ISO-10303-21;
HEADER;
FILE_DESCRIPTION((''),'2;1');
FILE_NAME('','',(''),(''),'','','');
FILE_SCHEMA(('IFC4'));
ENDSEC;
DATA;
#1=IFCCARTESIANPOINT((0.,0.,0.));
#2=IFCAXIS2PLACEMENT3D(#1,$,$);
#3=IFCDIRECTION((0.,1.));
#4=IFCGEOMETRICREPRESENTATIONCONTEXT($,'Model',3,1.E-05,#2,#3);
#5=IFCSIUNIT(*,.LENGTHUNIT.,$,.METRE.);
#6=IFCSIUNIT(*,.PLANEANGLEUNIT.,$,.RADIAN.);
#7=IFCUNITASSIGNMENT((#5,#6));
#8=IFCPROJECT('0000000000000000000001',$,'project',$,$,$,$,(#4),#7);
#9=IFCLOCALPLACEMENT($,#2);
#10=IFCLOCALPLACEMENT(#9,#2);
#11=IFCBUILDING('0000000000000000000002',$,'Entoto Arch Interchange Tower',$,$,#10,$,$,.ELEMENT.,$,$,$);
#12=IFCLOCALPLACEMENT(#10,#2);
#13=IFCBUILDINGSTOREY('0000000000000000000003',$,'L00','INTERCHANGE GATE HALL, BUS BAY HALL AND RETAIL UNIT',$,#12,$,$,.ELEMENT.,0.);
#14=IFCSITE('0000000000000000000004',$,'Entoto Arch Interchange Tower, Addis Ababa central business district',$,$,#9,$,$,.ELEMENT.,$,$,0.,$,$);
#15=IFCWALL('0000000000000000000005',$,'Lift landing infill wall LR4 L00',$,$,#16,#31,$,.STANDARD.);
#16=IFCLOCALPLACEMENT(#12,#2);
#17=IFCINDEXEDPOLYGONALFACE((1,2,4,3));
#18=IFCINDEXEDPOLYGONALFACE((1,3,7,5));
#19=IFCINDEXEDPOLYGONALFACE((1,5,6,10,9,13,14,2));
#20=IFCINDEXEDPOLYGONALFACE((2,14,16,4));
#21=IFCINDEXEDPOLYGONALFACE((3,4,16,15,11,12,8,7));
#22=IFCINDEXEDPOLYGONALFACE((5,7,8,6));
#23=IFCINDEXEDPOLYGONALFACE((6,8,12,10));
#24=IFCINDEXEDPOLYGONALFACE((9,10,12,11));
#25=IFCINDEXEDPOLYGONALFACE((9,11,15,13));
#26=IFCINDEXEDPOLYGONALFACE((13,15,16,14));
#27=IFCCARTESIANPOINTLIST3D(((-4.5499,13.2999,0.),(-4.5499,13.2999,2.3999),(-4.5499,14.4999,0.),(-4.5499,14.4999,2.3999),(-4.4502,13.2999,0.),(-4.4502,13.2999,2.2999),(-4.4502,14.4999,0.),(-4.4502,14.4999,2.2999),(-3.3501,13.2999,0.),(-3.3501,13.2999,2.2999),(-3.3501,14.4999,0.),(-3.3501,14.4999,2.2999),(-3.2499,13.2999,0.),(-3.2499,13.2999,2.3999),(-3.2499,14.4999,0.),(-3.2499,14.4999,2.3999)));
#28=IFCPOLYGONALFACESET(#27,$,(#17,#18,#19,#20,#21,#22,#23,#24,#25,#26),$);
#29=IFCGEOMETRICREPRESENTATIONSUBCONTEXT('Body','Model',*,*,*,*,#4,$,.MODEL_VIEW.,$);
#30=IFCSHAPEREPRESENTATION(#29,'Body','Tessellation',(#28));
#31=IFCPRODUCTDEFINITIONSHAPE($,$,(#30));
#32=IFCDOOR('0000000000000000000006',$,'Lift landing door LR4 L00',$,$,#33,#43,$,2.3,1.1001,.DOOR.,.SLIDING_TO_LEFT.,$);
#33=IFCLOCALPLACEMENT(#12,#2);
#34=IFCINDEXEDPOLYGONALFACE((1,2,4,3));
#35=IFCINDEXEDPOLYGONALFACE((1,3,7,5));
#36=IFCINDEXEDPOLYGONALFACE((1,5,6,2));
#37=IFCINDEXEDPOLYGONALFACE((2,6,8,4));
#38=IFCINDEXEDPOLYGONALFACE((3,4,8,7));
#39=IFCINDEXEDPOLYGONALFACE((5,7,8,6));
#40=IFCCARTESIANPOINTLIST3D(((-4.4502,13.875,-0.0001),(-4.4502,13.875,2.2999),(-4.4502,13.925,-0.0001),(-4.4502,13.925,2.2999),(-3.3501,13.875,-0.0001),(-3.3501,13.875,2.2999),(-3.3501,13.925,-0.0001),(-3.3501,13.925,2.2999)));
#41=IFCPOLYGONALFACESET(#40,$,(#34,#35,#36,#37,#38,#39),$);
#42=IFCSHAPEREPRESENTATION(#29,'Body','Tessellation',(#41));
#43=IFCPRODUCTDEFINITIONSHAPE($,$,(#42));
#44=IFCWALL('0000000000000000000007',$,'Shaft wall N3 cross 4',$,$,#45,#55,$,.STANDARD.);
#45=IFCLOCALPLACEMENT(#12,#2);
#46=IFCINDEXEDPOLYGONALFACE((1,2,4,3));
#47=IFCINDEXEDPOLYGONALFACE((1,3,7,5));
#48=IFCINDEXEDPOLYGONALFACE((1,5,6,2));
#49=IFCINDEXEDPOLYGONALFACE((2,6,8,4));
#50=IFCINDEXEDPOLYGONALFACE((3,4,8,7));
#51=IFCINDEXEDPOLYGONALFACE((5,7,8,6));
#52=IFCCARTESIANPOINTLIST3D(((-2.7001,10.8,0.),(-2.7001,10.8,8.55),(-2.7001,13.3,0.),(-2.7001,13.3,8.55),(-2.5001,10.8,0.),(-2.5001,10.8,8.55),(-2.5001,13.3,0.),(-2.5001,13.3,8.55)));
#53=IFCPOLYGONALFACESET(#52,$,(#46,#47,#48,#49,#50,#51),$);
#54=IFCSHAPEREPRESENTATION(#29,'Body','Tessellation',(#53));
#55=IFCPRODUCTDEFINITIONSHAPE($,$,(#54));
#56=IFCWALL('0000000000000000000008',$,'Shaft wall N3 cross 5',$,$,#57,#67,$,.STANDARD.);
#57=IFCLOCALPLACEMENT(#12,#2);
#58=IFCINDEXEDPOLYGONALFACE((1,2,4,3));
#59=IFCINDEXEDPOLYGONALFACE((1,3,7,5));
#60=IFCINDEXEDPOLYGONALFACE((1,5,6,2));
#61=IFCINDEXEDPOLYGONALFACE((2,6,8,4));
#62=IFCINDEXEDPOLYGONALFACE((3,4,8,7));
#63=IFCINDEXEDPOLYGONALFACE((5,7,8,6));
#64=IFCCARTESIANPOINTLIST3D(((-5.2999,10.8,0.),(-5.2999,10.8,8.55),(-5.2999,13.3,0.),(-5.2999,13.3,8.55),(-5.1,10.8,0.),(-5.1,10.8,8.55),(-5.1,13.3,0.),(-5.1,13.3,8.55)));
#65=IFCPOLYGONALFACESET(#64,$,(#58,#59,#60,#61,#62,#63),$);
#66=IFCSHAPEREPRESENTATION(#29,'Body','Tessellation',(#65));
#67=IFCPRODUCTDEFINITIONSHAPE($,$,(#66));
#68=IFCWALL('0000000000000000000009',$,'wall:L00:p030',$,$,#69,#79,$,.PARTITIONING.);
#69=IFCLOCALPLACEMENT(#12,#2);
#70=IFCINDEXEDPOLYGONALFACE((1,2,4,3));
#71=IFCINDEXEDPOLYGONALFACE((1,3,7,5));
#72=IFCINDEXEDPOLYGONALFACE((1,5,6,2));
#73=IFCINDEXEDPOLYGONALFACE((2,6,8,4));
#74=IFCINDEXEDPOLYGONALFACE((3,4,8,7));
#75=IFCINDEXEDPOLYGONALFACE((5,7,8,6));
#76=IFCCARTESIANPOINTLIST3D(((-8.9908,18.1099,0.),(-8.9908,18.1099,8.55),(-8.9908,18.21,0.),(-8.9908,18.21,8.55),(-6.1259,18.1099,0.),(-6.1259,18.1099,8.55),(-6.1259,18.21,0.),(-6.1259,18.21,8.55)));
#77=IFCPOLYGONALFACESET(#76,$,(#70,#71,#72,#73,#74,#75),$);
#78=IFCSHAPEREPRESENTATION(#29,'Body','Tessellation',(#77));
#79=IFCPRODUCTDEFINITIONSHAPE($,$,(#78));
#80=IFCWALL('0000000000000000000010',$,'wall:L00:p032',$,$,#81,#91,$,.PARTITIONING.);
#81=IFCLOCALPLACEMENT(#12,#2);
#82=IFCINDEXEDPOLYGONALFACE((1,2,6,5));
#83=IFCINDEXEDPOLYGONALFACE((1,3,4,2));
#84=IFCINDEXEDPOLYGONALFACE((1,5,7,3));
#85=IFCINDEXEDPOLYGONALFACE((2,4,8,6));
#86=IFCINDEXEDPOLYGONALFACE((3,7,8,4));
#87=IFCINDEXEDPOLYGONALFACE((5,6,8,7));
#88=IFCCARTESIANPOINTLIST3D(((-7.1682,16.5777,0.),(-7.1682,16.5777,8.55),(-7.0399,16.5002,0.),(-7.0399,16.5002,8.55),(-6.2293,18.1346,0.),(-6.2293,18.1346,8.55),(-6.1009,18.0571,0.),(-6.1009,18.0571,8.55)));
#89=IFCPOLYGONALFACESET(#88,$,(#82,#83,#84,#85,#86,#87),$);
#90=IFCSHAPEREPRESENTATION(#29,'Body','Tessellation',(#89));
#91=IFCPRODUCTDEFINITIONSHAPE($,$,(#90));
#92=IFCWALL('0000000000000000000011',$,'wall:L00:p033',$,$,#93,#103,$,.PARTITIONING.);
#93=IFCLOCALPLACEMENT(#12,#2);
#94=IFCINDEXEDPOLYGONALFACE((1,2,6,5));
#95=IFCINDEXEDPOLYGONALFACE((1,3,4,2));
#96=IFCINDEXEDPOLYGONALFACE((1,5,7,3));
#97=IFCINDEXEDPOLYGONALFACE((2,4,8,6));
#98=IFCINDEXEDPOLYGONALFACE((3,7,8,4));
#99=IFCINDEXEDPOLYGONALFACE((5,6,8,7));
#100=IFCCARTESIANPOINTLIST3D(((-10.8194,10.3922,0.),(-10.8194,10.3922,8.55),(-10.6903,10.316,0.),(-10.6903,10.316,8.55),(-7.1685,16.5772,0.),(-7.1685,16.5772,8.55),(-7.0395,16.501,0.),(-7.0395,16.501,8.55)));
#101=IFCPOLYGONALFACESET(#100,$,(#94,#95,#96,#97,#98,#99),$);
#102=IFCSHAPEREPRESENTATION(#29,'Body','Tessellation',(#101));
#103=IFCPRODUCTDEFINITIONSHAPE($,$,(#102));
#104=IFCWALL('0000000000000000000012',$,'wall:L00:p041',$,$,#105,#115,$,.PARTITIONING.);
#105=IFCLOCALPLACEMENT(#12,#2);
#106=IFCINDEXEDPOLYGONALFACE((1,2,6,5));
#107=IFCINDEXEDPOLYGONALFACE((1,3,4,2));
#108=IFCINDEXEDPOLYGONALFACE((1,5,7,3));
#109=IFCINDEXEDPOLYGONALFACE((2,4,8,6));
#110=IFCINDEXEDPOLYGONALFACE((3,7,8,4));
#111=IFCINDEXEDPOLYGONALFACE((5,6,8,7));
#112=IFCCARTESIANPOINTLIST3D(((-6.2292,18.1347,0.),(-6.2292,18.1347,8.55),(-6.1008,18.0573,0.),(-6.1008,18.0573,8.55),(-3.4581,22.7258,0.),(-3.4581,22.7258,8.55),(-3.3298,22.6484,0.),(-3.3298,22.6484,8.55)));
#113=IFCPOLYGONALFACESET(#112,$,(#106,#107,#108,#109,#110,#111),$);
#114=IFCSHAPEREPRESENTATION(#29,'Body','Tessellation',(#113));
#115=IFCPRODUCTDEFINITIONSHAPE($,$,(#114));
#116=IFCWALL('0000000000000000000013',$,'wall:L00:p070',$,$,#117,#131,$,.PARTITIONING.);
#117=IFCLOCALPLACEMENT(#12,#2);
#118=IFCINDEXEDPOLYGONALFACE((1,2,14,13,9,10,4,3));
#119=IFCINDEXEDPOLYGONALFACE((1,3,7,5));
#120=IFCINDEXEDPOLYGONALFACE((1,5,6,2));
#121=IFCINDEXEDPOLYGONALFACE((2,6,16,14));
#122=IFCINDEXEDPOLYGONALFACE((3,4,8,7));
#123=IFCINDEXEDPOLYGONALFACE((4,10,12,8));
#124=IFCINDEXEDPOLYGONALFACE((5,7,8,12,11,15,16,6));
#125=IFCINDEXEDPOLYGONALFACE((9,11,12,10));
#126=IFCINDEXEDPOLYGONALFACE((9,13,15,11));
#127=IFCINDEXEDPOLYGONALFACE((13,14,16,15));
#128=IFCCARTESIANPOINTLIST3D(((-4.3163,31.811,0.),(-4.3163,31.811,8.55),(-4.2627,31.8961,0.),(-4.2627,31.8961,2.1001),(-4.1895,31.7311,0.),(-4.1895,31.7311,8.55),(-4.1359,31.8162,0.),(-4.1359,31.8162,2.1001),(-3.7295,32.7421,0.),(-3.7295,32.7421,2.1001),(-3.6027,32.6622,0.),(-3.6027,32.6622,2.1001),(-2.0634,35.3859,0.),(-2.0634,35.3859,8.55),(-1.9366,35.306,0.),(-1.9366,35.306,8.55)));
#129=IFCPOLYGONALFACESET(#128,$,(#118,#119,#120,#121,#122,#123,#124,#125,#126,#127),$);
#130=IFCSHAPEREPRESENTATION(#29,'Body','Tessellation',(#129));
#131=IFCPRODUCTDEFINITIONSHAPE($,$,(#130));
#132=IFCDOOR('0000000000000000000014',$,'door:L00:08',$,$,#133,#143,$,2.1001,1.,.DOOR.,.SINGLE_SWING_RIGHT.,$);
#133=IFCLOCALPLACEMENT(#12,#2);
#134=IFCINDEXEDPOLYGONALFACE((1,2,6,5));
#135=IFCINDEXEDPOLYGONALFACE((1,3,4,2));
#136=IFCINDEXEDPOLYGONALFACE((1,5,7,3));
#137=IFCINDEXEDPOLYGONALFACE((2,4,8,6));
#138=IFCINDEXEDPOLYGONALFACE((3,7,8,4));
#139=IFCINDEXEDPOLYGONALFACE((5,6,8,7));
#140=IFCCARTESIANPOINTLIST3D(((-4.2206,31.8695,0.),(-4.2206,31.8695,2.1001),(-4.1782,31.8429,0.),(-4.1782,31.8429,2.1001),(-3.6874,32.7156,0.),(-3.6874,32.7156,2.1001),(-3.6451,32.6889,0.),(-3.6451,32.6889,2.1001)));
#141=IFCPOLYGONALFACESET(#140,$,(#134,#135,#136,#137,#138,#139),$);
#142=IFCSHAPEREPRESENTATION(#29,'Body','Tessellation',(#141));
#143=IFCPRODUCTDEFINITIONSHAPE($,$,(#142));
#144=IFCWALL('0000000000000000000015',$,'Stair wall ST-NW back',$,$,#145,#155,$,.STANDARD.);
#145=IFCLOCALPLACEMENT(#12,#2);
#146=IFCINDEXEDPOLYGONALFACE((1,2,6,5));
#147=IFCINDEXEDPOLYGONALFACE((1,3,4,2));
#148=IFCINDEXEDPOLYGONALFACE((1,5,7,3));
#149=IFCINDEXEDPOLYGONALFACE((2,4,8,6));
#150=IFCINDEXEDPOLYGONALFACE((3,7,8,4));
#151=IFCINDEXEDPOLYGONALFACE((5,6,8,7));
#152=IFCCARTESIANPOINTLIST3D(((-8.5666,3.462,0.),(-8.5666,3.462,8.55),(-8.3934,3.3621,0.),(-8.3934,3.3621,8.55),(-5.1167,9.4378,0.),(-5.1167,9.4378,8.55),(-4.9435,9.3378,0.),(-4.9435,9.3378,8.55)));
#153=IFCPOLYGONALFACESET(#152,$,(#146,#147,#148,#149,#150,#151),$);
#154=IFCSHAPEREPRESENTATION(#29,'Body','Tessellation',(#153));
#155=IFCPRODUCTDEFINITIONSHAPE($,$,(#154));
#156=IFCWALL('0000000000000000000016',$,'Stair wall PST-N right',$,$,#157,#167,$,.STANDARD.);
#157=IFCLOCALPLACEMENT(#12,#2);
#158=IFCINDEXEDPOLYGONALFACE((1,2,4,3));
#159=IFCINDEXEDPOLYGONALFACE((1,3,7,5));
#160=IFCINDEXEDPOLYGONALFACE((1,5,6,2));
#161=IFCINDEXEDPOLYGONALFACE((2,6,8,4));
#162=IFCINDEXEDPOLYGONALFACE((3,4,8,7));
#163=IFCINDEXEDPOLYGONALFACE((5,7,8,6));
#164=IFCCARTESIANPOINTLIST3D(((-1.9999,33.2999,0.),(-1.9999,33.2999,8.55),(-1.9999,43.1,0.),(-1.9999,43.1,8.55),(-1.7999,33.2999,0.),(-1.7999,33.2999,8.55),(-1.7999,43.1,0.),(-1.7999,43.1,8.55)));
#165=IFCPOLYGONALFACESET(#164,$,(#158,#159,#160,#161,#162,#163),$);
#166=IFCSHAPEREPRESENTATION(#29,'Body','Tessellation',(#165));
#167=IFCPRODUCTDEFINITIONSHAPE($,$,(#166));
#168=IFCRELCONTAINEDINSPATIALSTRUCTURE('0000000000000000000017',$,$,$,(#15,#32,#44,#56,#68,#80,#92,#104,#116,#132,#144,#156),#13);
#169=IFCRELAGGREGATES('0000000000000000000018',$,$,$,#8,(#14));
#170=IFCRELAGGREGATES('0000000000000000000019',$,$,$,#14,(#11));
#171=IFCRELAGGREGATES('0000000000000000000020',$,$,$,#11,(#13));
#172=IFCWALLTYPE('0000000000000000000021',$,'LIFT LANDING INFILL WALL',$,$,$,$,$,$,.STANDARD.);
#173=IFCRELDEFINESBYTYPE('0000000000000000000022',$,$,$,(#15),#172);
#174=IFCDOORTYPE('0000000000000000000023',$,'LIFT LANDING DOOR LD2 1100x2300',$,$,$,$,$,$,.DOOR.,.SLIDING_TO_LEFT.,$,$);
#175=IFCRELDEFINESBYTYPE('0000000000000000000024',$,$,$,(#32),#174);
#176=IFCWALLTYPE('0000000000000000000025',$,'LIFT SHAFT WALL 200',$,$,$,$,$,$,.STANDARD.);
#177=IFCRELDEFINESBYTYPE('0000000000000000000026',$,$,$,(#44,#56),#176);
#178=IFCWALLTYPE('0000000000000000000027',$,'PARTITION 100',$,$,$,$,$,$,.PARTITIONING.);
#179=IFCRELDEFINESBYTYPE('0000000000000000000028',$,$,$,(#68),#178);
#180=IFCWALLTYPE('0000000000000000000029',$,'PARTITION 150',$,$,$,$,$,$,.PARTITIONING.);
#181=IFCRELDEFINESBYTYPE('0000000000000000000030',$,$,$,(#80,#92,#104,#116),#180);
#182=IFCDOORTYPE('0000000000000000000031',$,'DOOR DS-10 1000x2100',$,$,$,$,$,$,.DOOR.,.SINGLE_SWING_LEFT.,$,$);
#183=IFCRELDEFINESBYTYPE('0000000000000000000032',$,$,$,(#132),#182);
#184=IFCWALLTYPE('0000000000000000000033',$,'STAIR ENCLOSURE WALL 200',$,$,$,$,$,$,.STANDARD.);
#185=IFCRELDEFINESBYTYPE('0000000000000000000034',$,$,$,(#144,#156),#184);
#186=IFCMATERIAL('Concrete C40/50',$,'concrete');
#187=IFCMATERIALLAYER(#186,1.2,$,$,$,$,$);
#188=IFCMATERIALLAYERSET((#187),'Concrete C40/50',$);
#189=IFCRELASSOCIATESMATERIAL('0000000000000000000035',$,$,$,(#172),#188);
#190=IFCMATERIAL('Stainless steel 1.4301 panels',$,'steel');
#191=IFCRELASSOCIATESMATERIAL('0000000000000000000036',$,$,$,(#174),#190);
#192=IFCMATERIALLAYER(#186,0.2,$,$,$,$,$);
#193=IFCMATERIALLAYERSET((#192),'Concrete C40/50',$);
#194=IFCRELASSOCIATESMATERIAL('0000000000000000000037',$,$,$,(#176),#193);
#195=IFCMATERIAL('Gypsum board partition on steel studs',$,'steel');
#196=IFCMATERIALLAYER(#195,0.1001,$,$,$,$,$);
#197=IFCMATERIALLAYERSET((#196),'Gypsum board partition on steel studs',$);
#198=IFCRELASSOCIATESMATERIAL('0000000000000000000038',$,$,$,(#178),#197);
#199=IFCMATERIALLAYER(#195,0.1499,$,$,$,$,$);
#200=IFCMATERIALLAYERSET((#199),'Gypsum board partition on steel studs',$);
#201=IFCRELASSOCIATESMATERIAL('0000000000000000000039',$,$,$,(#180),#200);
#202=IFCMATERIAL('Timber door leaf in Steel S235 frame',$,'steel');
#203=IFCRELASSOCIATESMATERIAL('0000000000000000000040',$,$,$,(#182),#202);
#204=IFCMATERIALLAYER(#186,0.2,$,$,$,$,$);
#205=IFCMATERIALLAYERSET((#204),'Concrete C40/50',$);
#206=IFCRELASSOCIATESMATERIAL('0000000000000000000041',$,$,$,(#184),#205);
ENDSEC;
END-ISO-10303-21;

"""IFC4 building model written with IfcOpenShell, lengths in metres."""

from ifc_helpers import new_model, si_unit, direction, frame, frame_2d, origin, place, context, subcontext, project, spatial, rectangle, extrude, material, layer, layer_set, type_object, element, fill, save


model = new_model("IFC4")

# Units and contexts
model_context = context("Model", 3, precision=1e-05, world=origin(), true_north=direction((0.0, 1.0)))
body_context = subcontext(model_context, "Body", "Model", "MODEL_VIEW")
ifc_project = project(units=[si_unit("LENGTHUNIT", "METRE"), si_unit("PLANEANGLEUNIT", "RADIAN")], contexts=[model_context])

# Site, building, storey
site_placement = place(None, origin())
site = spatial("IfcSite", under=ifc_project, at=site_placement, Name="Entoto Arch Interchange Tower, Addis Ababa central business district", CompositionType="ELEMENT", RefElevation=0.0)
building_placement = place(site_placement, origin())
building = spatial("IfcBuilding", under=site, at=building_placement, Name="Entoto Arch Interchange Tower", CompositionType="ELEMENT")
storey_placement = place(building_placement, origin())
storey = spatial("IfcBuildingStorey", under=building, at=storey_placement, Name="L00", Description="INTERCHANGE GATE HALL, BUS BAY HALL AND RETAIL UNIT", CompositionType="ELEMENT", Elevation=0.0)

# Wall, opening, door
ifc_material_1 = material(Name="Concrete C40/50", Category="concrete")
ifc_layer_1 = layer(ifc_material_1, 1.2)
ifc_layer_set_1 = layer_set([ifc_layer_1], Name="Concrete C40/50")
wall_type_1 = type_object("IfcWallType", Name="LIFT LANDING INFILL WALL", PredefinedType="STANDARD", material=ifc_layer_set_1)
ifc_material_2 = material(Name="Stainless steel 1.4301 panels", Category="steel")
door_type_1 = type_object("IfcDoorType", Name="LIFT LANDING DOOR LD2 1100x2300", OperationType="SLIDING_TO_LEFT", PredefinedType="DOOR", material=ifc_material_2)
wall_1_placement = place(storey_placement, frame((-3.25, 13.8999, 0.0), z_axis=(0.0, 0.0, 1.0), x_axis=(-1.0, 0.0, 0.0)))
wall_1 = element("IfcWall", 1, at=wall_1_placement, inside=storey, type_object=wall_type_1, Name="Lift landing infill wall LR4 L00", PredefinedType="STANDARD", context=body_context, shape_type="SweptSolid", body=[
    extrude(rectangle(XDim=1.3, YDim=1.2, at=frame_2d((0.6499, 0.0))), origin(), (0.0, 0.0, 1.0), 2.3999),
])
opening_1_placement = place(wall_1_placement, frame((0.1001, 0.0, 0.0)))
opening_1 = element("IfcOpeningElement", 2, at=opening_1_placement, cuts=wall_1, PredefinedType="OPENING", context=body_context, shape_type="SweptSolid", body=[
    extrude(rectangle(XDim=1.1001, YDim=2.3, at=frame_2d((0.55, 1.1499))), frame((0.0, 0.6099, 0.0), z_axis=(0.0, -1.0, 0.0), x_axis=(1.0, 0.0, 0.0)), (0.0, 0.0, 1.0), 1.22),
])
door_1_placement = place(opening_1_placement, origin())
door_1 = element("IfcDoor", 3, at=door_1_placement, inside=storey, type_object=door_type_1, Name="Lift landing door LR4 L00", OperationType="SLIDING_TO_LEFT", OverallHeight=2.3, OverallWidth=1.1001, PredefinedType="DOOR", context=body_context, shape_type="SweptSolid", body=[
    extrude(rectangle(XDim=1.1001, YDim=2.3, at=frame_2d((0.55, 1.1499))), frame((0.0, 0.0249, 0.0), z_axis=(0.0, -1.0, 0.0), x_axis=(1.0, 0.0, 0.0)), (0.0, 0.0, 1.0), 0.05),
])
fill(opening_1, door_1)

# Walls
ifc_layer_2 = layer(ifc_material_1, 0.2)
ifc_layer_set_2 = layer_set([ifc_layer_2], Name="Concrete C40/50")
wall_type_2 = type_object("IfcWallType", Name="LIFT SHAFT WALL 200", PredefinedType="STANDARD", material=ifc_layer_set_2)
for number, where, z_axis, x_axis, name in (
    (4, (-2.6001, 10.8, 0.0), (0.0, 0.0, 1.0), (0.0, 1.0, 0.0), "Shaft wall N3 cross 4"),
    (5, (-5.2, 10.8, 0.0), (0.0, 0.0, 1.0), (0.0, 1.0, 0.0), "Shaft wall N3 cross 5"),
):
    element("IfcWall", number, at=place(storey_placement, frame(where, z_axis=z_axis, x_axis=x_axis)), inside=storey, type_object=wall_type_2, Name=name, PredefinedType="STANDARD", context=body_context, shape_type="SweptSolid", body=[
        extrude(rectangle(XDim=2.5, YDim=0.2, at=frame_2d((1.25, 0.0))), origin(), (0.0, 0.0, 1.0), 8.55),
    ])
ifc_material_3 = material(Name="Gypsum board partition on steel studs", Category="steel")
ifc_layer_3 = layer(ifc_material_3, 0.1001)
ifc_layer_set_3 = layer_set([ifc_layer_3], Name="Gypsum board partition on steel studs")
wall_type_3 = type_object("IfcWallType", Name="PARTITION 100", PredefinedType="PARTITIONING", material=ifc_layer_set_3)
wall_2_placement = place(storey_placement, frame((-8.991, 18.1599, 0.0), z_axis=(0.0, 0.0, 1.0), x_axis=(1.0, 0.0, 0.0)))
element("IfcWall", 6, at=wall_2_placement, inside=storey, type_object=wall_type_3, Name="wall:L00:p030", PredefinedType="PARTITIONING", context=body_context, shape_type="SweptSolid", body=[
    extrude(rectangle(XDim=2.865, YDim=0.1001, at=frame_2d((1.4326, 0.0))), origin(), (0.0, 0.0, 1.0), 8.55),
])
ifc_layer_4 = layer(ifc_material_3, 0.1499)
ifc_layer_set_4 = layer_set([ifc_layer_4], Name="Gypsum board partition on steel studs")
wall_type_4 = type_object("IfcWallType", Name="PARTITION 150", PredefinedType="PARTITIONING", material=ifc_layer_set_4)
wall_3_placement = place(storey_placement, frame((-6.165, 18.0959, 0.0), z_axis=(0.0, 0.0, 1.0), x_axis=(-0.516449, -0.856318, 0.0)))
element("IfcWall", 7, at=wall_3_placement, inside=storey, type_object=wall_type_4, Name="wall:L00:p032", PredefinedType="PARTITIONING", context=body_context, shape_type="SweptSolid", body=[
    extrude(rectangle(XDim=1.8181, YDim=0.1499, at=frame_2d((0.9092, 0.0))), origin(), (0.0, 0.0, 1.0), 8.55),
])
wall_4_placement = place(storey_placement, frame((-7.104, 16.5391, 0.0), z_axis=(0.0, 0.0, 1.0), x_axis=(-0.508324, -0.861166, 0.0)))
element("IfcWall", 8, at=wall_4_placement, inside=storey, type_object=wall_type_4, Name="wall:L00:p033", PredefinedType="PARTITIONING", context=body_context, shape_type="SweptSolid", body=[
    extrude(rectangle(XDim=7.1821, YDim=0.1499, at=frame_2d((3.5911, 0.0))), origin(), (0.0, 0.0, 1.0), 8.55),
])
wall_5_placement = place(storey_placement, frame((-3.394, 22.687, 0.0), z_axis=(0.0, 0.0, 1.0), x_axis=(-0.516737, -0.856144, 0.0)))
element("IfcWall", 9, at=wall_5_placement, inside=storey, type_object=wall_type_4, Name="wall:L00:p041", PredefinedType="PARTITIONING", context=body_context, shape_type="SweptSolid", body=[
    extrude(rectangle(XDim=5.3625, YDim=0.1499, at=frame_2d((2.6812, 0.0))), origin(), (0.0, 0.0, 1.0), 8.55),
])

# Wall, opening, door
wall_6_placement = place(storey_placement, frame((-2.0, 35.3459, 0.0), z_axis=(0.0, 0.0, 1.0), x_axis=(-0.533158, -0.846016, 0.0)))
wall_6 = element("IfcWall", 10, at=wall_6_placement, inside=storey, type_object=wall_type_4, Name="wall:L00:p070", PredefinedType="PARTITIONING", context=body_context, shape_type="SweptSolid", body=[
    extrude(rectangle(XDim=4.2256, YDim=0.1499, at=frame_2d((2.1128, 0.0))), origin(), (0.0, 0.0, 1.0), 8.55),
])
opening_2_placement = place(wall_6_placement, frame((3.125, 0.0, 0.0)))
opening_2 = element("IfcOpeningElement", 11, at=opening_2_placement, cuts=wall_6, PredefinedType="OPENING", context=body_context, shape_type="SweptSolid", body=[
    extrude(rectangle(XDim=1.0, YDim=2.1001, at=frame_2d((0.5, 1.05))), frame((0.0, 0.085, 0.0), z_axis=(0.0, -1.0, 0.0), x_axis=(1.0, 0.0, 0.0)), (0.0, 0.0, 1.0), 0.1699),
])
ifc_material_4 = material(Name="Timber door leaf in Steel S235 frame", Category="steel")
door_type_2 = type_object("IfcDoorType", Name="DOOR DS-10 1000x2100", OperationType="SINGLE_SWING_LEFT", PredefinedType="DOOR", material=ifc_material_4)
door_2_placement = place(opening_2_placement, origin())
door_2 = element("IfcDoor", 12, at=door_2_placement, inside=storey, type_object=door_type_2, Name="door:L00:08", OperationType="SINGLE_SWING_RIGHT", OverallHeight=2.1001, OverallWidth=1.0, PredefinedType="DOOR", context=body_context, shape_type="SweptSolid", body=[
    extrude(rectangle(XDim=1.0, YDim=2.1001, at=frame_2d((0.5, 1.05))), frame((0.0, 0.0249, 0.0), z_axis=(0.0, -1.0, 0.0), x_axis=(1.0, 0.0, 0.0)), (0.0, 0.0, 1.0), 0.05),
])
fill(opening_2, door_2)

# Walls
ifc_layer_5 = layer(ifc_material_1, 0.2)
ifc_layer_set_5 = layer_set([ifc_layer_5], Name="Concrete C40/50")
wall_type_5 = type_object("IfcWallType", Name="STAIR ENCLOSURE WALL 200", PredefinedType="STANDARD", material=ifc_layer_set_5)
wall_7_placement = place(storey_placement, frame((-5.03, 9.3879, 0.0), z_axis=(0.0, 0.0, 1.0), x_axis=(-0.499979, -0.866038, 0.0)))
element("IfcWall", 13, at=wall_7_placement, inside=storey, type_object=wall_type_5, Name="Stair wall ST-NW back", PredefinedType="STANDARD", context=body_context, shape_type="SweptSolid", body=[
    extrude(rectangle(XDim=6.9001, YDim=0.2, at=frame_2d((3.4502, 0.0))), origin(), (0.0, 0.0, 1.0), 8.55),
])
wall_8_placement = place(storey_placement, frame((-1.8999, 33.3, 0.0), z_axis=(0.0, 0.0, 1.0), x_axis=(0.0, 1.0, 0.0)))
element("IfcWall", 14, at=wall_8_placement, inside=storey, type_object=wall_type_5, Name="Stair wall PST-N right", PredefinedType="STANDARD", context=body_context, shape_type="SweptSolid", body=[
    extrude(rectangle(XDim=9.8, YDim=0.2, at=frame_2d((4.8999, 0.0))), origin(), (0.0, 0.0, 1.0), 8.55),
])

save(model, "model.ifc")
